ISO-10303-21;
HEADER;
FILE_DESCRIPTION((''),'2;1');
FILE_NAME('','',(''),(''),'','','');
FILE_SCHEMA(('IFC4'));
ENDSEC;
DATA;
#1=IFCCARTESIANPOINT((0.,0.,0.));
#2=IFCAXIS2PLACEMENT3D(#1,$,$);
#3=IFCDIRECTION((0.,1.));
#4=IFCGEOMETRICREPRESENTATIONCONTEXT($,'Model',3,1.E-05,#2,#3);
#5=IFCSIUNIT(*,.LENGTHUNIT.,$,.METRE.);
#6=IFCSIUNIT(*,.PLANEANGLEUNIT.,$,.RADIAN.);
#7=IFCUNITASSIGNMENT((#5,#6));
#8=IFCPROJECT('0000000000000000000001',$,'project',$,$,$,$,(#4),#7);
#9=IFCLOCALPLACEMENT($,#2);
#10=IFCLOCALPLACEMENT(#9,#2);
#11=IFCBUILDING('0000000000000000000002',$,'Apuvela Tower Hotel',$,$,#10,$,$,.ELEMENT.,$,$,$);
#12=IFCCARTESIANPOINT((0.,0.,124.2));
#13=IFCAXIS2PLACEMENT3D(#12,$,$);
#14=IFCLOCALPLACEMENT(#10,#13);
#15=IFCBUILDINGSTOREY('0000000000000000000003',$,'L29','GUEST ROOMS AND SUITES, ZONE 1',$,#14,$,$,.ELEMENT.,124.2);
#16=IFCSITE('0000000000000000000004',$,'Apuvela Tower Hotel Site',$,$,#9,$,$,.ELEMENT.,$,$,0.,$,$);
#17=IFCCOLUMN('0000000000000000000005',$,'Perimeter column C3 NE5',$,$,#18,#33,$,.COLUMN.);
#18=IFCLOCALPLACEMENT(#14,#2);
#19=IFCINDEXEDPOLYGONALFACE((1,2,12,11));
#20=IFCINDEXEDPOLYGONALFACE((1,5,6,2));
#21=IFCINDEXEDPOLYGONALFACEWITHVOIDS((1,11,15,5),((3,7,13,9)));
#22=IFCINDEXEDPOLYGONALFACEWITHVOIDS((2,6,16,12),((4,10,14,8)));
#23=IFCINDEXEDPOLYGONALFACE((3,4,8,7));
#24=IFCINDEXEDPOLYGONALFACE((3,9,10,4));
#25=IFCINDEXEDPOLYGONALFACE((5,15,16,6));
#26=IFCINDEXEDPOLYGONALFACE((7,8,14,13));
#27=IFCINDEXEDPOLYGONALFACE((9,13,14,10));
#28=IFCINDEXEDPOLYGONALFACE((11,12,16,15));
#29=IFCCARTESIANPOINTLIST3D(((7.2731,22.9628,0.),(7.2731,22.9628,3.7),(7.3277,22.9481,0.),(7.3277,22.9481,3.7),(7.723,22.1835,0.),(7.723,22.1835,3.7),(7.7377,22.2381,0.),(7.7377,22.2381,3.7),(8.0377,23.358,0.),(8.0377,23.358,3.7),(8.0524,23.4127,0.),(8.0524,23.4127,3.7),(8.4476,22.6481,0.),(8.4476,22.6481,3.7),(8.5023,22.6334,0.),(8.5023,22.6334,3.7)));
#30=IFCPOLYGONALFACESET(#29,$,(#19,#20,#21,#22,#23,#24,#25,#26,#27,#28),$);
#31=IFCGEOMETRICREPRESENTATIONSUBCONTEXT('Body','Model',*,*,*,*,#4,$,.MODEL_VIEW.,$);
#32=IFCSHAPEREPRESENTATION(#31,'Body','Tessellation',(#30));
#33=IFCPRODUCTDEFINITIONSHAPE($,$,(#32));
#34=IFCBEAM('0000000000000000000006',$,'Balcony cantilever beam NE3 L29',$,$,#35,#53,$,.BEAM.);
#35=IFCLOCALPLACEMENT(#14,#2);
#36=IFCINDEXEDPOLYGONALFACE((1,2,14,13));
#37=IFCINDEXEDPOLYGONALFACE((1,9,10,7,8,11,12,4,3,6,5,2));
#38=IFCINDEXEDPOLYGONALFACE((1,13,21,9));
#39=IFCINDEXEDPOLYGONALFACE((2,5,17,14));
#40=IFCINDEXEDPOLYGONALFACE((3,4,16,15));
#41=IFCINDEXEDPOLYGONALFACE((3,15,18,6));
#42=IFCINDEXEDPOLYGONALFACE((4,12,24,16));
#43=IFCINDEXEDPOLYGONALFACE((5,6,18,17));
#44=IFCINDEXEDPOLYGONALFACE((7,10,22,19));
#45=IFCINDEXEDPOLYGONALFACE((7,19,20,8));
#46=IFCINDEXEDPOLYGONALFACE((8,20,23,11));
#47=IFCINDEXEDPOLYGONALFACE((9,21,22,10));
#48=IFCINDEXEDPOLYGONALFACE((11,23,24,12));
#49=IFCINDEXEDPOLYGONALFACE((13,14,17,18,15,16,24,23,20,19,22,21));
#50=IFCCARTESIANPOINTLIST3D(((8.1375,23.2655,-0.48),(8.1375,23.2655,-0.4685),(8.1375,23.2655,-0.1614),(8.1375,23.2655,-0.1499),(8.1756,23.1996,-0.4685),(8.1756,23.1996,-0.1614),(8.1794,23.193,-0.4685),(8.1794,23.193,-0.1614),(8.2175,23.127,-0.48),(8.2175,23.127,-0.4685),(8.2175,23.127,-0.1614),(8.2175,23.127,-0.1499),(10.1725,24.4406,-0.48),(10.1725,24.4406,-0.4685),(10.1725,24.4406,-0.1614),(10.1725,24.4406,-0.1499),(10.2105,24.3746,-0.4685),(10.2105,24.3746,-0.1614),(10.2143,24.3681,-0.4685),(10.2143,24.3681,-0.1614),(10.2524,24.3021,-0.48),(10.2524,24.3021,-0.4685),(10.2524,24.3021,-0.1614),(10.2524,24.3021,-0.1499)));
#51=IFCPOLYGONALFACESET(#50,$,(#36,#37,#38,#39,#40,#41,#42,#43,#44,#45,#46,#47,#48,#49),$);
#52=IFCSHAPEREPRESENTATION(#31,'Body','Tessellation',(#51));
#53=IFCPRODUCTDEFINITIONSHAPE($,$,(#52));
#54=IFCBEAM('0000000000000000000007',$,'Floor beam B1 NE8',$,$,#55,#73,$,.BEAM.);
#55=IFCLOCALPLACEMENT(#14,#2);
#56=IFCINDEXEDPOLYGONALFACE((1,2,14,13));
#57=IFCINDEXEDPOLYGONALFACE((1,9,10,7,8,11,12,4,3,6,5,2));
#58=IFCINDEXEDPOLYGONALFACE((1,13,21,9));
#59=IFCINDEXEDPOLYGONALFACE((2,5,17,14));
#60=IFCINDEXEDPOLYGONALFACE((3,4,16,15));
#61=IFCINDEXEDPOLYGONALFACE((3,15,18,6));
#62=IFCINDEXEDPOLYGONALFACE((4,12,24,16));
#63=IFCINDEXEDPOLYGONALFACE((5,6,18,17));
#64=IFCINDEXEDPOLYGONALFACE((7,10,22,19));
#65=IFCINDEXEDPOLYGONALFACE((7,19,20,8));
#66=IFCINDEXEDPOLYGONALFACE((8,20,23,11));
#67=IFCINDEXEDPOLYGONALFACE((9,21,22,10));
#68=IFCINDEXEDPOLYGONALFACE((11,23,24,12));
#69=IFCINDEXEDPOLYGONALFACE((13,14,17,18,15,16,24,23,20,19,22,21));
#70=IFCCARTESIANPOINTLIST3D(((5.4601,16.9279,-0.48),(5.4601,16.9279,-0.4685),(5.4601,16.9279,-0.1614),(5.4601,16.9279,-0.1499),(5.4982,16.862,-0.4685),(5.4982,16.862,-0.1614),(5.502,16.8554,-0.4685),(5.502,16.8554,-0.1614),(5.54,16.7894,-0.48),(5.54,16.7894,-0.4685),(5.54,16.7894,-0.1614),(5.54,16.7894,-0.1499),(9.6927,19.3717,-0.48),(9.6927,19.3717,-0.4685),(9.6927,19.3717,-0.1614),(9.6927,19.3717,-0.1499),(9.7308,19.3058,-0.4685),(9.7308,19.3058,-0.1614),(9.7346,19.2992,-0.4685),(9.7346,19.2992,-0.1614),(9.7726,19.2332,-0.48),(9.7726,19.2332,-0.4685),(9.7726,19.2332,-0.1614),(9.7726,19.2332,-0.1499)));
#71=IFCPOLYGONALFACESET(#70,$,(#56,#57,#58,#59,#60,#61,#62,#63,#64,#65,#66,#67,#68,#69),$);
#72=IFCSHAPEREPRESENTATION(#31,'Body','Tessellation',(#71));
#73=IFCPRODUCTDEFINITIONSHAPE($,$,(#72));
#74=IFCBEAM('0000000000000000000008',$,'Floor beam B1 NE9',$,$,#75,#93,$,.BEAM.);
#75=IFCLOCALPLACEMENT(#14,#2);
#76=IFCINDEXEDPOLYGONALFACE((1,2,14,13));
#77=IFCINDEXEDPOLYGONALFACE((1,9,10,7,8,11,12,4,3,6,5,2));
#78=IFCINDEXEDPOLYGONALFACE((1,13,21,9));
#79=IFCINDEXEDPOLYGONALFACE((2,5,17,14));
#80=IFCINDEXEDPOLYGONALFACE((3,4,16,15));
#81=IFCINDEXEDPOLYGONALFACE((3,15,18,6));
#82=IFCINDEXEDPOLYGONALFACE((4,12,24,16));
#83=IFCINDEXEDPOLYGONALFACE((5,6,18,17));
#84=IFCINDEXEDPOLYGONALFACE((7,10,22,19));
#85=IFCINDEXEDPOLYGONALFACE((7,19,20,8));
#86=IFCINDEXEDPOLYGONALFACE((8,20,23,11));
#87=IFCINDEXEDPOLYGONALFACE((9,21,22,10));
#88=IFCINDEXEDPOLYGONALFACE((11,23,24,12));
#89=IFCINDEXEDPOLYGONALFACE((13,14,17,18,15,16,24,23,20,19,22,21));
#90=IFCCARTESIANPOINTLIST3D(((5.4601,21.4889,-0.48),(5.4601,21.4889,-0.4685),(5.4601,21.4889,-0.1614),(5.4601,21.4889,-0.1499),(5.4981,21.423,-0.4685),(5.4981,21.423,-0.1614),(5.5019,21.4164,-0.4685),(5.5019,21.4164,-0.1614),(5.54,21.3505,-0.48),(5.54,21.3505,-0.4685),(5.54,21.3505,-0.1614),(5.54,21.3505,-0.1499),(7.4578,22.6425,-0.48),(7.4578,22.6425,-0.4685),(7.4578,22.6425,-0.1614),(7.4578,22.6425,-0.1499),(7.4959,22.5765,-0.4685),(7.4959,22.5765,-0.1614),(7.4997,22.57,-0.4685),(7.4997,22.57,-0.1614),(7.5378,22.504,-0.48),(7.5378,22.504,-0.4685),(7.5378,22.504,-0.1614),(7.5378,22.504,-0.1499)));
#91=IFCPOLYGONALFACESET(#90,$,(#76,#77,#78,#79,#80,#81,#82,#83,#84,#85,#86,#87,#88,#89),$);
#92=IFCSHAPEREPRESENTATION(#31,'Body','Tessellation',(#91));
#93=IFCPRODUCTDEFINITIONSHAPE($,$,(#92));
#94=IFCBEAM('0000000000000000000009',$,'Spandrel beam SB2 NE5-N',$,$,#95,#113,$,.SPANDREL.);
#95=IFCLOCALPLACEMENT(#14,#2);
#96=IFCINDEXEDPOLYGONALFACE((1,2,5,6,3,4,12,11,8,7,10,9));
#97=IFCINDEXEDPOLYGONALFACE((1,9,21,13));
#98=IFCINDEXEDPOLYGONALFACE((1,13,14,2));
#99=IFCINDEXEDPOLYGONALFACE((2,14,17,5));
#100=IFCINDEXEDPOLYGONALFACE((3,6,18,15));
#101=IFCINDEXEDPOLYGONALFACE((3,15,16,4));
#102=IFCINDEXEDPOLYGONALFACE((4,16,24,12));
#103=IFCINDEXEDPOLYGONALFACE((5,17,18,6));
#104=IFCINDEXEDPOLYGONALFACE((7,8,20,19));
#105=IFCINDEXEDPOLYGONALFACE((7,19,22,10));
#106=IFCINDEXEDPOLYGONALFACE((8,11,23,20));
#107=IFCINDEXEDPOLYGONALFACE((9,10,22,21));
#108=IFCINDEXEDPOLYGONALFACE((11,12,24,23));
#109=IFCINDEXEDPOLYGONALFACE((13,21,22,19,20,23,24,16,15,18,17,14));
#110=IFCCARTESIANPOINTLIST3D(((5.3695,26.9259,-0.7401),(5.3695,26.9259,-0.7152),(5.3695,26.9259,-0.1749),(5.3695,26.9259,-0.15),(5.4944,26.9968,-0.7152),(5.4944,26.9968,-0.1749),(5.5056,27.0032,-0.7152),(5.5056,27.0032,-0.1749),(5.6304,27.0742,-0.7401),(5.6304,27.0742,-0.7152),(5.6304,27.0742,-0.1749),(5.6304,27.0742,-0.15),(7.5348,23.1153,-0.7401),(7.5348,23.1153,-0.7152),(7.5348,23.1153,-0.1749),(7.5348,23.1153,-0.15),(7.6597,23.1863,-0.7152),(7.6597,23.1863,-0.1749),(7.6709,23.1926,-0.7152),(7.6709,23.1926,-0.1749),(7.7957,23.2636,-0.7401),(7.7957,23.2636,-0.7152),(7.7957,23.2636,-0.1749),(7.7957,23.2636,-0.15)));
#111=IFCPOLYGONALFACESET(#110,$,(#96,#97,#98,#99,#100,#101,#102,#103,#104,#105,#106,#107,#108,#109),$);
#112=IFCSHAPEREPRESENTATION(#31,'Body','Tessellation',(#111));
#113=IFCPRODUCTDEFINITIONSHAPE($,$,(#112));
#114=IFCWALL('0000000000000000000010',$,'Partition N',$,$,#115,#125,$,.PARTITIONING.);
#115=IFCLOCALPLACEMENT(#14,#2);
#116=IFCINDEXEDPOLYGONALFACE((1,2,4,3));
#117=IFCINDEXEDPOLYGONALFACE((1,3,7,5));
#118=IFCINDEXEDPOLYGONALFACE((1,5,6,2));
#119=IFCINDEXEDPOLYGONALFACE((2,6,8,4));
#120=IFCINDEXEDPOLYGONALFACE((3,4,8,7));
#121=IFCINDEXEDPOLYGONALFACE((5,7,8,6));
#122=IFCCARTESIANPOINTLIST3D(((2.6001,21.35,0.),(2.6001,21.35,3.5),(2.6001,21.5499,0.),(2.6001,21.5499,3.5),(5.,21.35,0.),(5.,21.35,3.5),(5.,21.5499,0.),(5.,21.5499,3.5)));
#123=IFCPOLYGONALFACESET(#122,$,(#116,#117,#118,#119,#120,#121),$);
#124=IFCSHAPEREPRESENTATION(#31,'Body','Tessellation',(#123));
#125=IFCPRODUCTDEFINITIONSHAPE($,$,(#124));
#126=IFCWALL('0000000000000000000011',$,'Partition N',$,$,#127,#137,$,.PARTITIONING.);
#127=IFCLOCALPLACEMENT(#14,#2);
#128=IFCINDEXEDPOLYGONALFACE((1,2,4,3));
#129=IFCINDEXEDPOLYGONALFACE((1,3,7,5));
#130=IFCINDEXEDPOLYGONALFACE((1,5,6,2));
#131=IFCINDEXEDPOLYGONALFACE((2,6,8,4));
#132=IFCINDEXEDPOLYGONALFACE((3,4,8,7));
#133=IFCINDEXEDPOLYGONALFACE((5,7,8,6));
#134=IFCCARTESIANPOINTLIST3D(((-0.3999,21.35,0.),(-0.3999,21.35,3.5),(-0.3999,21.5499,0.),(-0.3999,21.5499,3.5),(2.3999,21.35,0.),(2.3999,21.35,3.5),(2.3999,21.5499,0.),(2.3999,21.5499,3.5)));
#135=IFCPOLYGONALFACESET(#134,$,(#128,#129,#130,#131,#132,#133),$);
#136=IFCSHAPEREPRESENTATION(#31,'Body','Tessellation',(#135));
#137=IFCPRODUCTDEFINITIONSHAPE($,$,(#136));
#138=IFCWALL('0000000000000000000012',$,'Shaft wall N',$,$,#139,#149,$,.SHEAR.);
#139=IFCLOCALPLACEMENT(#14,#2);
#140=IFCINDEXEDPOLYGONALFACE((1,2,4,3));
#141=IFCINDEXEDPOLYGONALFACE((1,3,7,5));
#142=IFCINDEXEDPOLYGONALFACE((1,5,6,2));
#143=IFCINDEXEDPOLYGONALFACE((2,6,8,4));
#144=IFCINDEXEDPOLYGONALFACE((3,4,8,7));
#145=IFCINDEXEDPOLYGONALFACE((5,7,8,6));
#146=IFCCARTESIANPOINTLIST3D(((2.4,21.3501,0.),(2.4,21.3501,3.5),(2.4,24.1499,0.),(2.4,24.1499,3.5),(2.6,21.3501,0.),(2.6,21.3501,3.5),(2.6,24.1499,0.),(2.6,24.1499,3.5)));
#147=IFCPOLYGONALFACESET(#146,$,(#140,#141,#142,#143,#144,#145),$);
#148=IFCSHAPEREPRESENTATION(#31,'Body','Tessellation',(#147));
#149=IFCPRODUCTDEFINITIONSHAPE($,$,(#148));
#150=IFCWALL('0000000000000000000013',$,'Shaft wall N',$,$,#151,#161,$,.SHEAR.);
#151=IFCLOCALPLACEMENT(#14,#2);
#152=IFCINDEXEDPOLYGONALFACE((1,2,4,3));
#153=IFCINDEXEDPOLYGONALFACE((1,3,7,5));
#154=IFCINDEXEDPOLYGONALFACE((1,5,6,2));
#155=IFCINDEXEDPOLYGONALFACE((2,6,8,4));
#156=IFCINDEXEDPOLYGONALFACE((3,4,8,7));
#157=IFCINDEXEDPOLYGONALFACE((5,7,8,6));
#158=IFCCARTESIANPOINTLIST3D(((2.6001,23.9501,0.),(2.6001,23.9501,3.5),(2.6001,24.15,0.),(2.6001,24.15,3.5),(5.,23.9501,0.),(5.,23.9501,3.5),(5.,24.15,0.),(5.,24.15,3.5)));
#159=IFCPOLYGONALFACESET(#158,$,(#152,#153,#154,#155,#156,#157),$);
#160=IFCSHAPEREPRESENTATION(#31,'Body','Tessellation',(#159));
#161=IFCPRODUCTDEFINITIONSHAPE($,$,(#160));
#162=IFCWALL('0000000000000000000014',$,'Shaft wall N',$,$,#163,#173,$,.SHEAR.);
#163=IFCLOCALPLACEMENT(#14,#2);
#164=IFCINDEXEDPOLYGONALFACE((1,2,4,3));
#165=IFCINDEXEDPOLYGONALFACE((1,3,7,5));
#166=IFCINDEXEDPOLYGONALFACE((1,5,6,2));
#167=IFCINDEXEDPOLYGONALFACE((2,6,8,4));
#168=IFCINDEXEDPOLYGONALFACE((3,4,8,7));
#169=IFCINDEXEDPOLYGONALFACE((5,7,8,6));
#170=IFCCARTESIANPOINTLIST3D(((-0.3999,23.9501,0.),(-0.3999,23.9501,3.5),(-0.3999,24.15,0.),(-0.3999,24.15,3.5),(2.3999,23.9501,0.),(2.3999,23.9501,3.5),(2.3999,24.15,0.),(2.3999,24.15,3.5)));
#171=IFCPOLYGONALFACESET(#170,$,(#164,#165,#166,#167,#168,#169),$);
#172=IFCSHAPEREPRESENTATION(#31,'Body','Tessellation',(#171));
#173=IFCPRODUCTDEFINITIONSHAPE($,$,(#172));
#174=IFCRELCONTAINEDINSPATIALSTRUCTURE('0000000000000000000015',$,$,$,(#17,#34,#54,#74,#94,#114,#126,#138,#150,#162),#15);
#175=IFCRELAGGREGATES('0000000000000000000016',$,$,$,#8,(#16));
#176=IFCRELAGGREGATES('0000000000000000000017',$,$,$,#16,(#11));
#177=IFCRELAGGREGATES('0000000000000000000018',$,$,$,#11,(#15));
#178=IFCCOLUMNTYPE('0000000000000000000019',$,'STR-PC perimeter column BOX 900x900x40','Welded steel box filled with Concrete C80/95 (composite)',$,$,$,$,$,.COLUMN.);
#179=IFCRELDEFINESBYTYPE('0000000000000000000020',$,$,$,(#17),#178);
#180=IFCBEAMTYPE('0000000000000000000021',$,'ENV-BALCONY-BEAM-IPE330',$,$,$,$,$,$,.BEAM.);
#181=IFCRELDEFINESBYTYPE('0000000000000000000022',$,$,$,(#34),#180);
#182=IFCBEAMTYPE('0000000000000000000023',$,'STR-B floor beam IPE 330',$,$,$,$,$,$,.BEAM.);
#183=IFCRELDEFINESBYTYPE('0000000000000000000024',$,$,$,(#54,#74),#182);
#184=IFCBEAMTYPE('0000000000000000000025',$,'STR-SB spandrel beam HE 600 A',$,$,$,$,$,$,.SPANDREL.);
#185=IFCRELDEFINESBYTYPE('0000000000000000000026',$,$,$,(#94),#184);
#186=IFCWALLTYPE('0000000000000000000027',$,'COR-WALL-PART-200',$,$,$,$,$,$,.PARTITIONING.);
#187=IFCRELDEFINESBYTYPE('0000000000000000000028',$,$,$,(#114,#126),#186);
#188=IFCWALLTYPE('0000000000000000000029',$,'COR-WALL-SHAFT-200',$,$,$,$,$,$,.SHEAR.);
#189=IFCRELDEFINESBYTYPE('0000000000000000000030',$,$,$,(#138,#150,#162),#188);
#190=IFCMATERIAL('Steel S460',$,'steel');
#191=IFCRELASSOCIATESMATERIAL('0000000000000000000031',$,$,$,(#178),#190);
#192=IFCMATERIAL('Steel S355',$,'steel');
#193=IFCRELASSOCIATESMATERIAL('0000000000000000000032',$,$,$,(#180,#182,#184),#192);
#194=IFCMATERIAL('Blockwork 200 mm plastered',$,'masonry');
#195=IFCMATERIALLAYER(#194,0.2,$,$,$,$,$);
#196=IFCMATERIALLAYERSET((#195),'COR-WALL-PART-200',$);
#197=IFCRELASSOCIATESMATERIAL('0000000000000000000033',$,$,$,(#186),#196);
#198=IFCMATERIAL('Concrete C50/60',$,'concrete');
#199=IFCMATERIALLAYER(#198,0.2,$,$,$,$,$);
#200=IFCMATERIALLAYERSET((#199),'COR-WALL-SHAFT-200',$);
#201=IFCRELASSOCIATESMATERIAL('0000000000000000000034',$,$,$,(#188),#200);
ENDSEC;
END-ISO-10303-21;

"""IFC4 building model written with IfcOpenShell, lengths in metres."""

from ifc_helpers import new_model, si_unit, direction, frame, frame_2d, origin, origin_2d, place, context, subcontext, project, spatial, rectangle, hollow_rectangle, i_section, extrude, material, layer, layer_set, material_profile, profile_set, type_object, element, save


model = new_model("IFC4")

# Units and contexts
model_context = context("Model", 3, precision=1e-05, world=origin(), true_north=direction((0.0, 1.0)))
body_context = subcontext(model_context, "Body", "Model", "MODEL_VIEW")
ifc_project = project(units=[si_unit("LENGTHUNIT", "METRE"), si_unit("PLANEANGLEUNIT", "RADIAN")], contexts=[model_context])

# Site, building, storey
site_placement = place(None, origin())
site = spatial("IfcSite", under=ifc_project, at=site_placement, Name="Apuvela Tower Hotel Site", CompositionType="ELEMENT", RefElevation=0.0)
building_placement = place(site_placement, origin())
building = spatial("IfcBuilding", under=site, at=building_placement, Name="Apuvela Tower Hotel", CompositionType="ELEMENT")
storey_placement = place(building_placement, frame((0.0, 0.0, 124.2)))
storey = spatial("IfcBuildingStorey", under=building, at=storey_placement, Name="L29", Description="GUEST ROOMS AND SUITES, ZONE 1", CompositionType="ELEMENT", Elevation=124.2)

# Column
ifc_material_1 = material(Name="Steel S460", Category="steel")
ifc_material_profile_1 = material_profile(ifc_material_1, hollow_rectangle(XDim=0.8999, YDim=0.8999, WallThickness=0.04, at=origin_2d()), Name="BOX 900x900x40")
ifc_material_2 = material(Name="Concrete C80/95", Category="concrete")
ifc_material_profile_2 = material_profile(ifc_material_2, rectangle(XDim=0.8201, YDim=0.8201, at=origin_2d()), Name="Concrete C80/95 infill")
ifc_profile_set_1 = profile_set([ifc_material_profile_1, ifc_material_profile_2], Name="Steel S460")
column_type = type_object("IfcColumnType", Name="STR-PC perimeter column BOX 900x900x40", Description="Welded steel box filled with Concrete C80/95 (composite)", PredefinedType="COLUMN", material=ifc_profile_set_1)
column_placement = place(storey_placement, frame((7.8877, 22.7981, 0.0), z_axis=(0.0, 0.0, 1.0), x_axis=(-0.5, 0.866025, 0.0)))
element("IfcColumn", 1, at=column_placement, inside=storey, type_object=column_type, Name="Perimeter column C3 NE5", PredefinedType="COLUMN", context=body_context, shape_type="SweptSolid", body=[
    extrude(hollow_rectangle(XDim=0.8999, YDim=0.8999, WallThickness=0.04, at=origin_2d()), origin(), (0.0, 0.0, 1.0), 3.7),
])

# Beams
ifc_material_3 = material(Name="Steel S355", Category="steel")
ifc_material_profile_3 = material_profile(ifc_material_3, i_section(OverallWidth=0.1599, OverallDepth=0.3301, WebThickness=0.0076, FlangeThickness=0.0115, at=origin_2d()), Name="IPE 330")
ifc_profile_set_2 = profile_set([ifc_material_profile_3], Name="Steel S355")
beam_type_1 = type_object("IfcBeamType", Name="ENV-BALCONY-BEAM-IPE330", PredefinedType="BEAM", material=ifc_profile_set_2)
beam_1_placement = place(storey_placement, frame((8.1775, 23.1963, -0.3149), z_axis=(0.86599, 0.500061, 0.0), x_axis=(-0.500061, 0.86599, 0.0)))
element("IfcBeam", 2, at=beam_1_placement, inside=storey, type_object=beam_type_1, Name="Balcony cantilever beam NE3 L29", PredefinedType="BEAM", context=body_context, shape_type="SweptSolid", body=[
    extrude(i_section(OverallWidth=0.1599, OverallDepth=0.3301, WebThickness=0.0076, FlangeThickness=0.0115, at=origin_2d()), origin(), (0.0, 0.0, 1.0), 2.3499),
])
ifc_material_profile_4 = material_profile(ifc_material_3, i_section(OverallWidth=0.1599, OverallDepth=0.3301, WebThickness=0.0076, FlangeThickness=0.0115, at=origin_2d()), Name="IPE 330")
ifc_profile_set_3 = profile_set([ifc_material_profile_4], Name="Steel S355")
beam_type_2 = type_object("IfcBeamType", Name="STR-B floor beam IPE 330", PredefinedType="BEAM", material=ifc_profile_set_3)
beam_2_placement = place(storey_placement, frame((9.7327, 19.3025, -0.3149), z_axis=(-0.866015, -0.500018, 0.0), x_axis=(0.500018, -0.866015, 0.0)))
element("IfcBeam", 3, at=beam_2_placement, inside=storey, type_object=beam_type_2, Name="Floor beam B1 NE8", PredefinedType="BEAM", context=body_context, shape_type="SweptSolid", body=[
    extrude(i_section(OverallWidth=0.1599, OverallDepth=0.3301, WebThickness=0.0076, FlangeThickness=0.0115, at=origin_2d()), origin(), (0.0, 0.0, 1.0), 4.8875),
])
beam_3_placement = place(storey_placement, frame((7.4978, 22.5732, -0.3149), z_axis=(-0.866001, -0.500043, 0.0), x_axis=(0.500043, -0.866001, 0.0)))
element("IfcBeam", 4, at=beam_3_placement, inside=storey, type_object=beam_type_2, Name="Floor beam B1 NE9", PredefinedType="BEAM", context=body_context, shape_type="SweptSolid", body=[
    extrude(i_section(OverallWidth=0.1599, OverallDepth=0.3301, WebThickness=0.0076, FlangeThickness=0.0115, at=origin_2d()), origin(), (0.0, 0.0, 1.0), 2.3069),
])
ifc_material_profile_5 = material_profile(ifc_material_3, i_section(OverallWidth=0.3, OverallDepth=0.5901, WebThickness=0.0129, FlangeThickness=0.0249, at=origin_2d()), Name="HE 600 A")
ifc_profile_set_4 = profile_set([ifc_material_profile_5], Name="Steel S355")
beam_type_3 = type_object("IfcBeamType", Name="STR-SB spandrel beam HE 600 A", PredefinedType="SPANDREL", material=ifc_profile_set_4)
beam_4_placement = place(storey_placement, frame((7.6653, 23.1895, -0.4451), z_axis=(-0.494044, 0.869437, 0.0), x_axis=(-0.869437, -0.494044, 0.0)))
element("IfcBeam", 5, at=beam_4_placement, inside=storey, type_object=beam_type_3, Name="Spandrel beam SB2 NE5-N", PredefinedType="SPANDREL", context=body_context, shape_type="SweptSolid", body=[
    extrude(i_section(OverallWidth=0.3, OverallDepth=0.5901, WebThickness=0.0129, FlangeThickness=0.0249, at=origin_2d()), origin(), (0.0, 0.0, 1.0), 4.3828),
])

# Walls
ifc_material_4 = material(Name="Blockwork 200 mm plastered", Category="masonry")
ifc_layer_1 = layer(ifc_material_4, 0.2)
ifc_layer_set_1 = layer_set([ifc_layer_1], Name="COR-WALL-PART-200")
wall_type_1 = type_object("IfcWallType", Name="COR-WALL-PART-200", PredefinedType="PARTITIONING", material=ifc_layer_set_1)
wall_1_placement = place(storey_placement, frame((5.0, 21.45, 0.0), z_axis=(0.0, 0.0, 1.0), x_axis=(-1.0, 0.0, 0.0)))
element("IfcWall", 6, at=wall_1_placement, inside=storey, type_object=wall_type_1, Name="Partition N", PredefinedType="PARTITIONING", context=body_context, shape_type="SweptSolid", body=[
    extrude(rectangle(XDim=2.3999, YDim=0.2, at=frame_2d((1.2, 0.0))), origin(), (0.0, 0.0, 1.0), 3.5),
])
wall_2_placement = place(storey_placement, frame((2.3999, 21.45, 0.0), z_axis=(0.0, 0.0, 1.0), x_axis=(-1.0, 0.0, 0.0)))
element("IfcWall", 7, at=wall_2_placement, inside=storey, type_object=wall_type_1, Name="Partition N", PredefinedType="PARTITIONING", context=body_context, shape_type="SweptSolid", body=[
    extrude(rectangle(XDim=2.7998, YDim=0.2, at=frame_2d((1.3999, 0.0))), origin(), (0.0, 0.0, 1.0), 3.5),
])
ifc_material_5 = material(Name="Concrete C50/60", Category="concrete")
ifc_layer_2 = layer(ifc_material_5, 0.2)
ifc_layer_set_2 = layer_set([ifc_layer_2], Name="COR-WALL-SHAFT-200")
wall_type_2 = type_object("IfcWallType", Name="COR-WALL-SHAFT-200", PredefinedType="SHEAR", material=ifc_layer_set_2)
wall_3_placement = place(storey_placement, frame((2.5, 21.3501, 0.0), z_axis=(0.0, 0.0, 1.0), x_axis=(0.0, 1.0, 0.0)))
element("IfcWall", 8, at=wall_3_placement, inside=storey, type_object=wall_type_2, Name="Shaft wall N", PredefinedType="SHEAR", context=body_context, shape_type="SweptSolid", body=[
    extrude(rectangle(XDim=2.7998, YDim=0.2, at=frame_2d((1.3999, 0.0))), origin(), (0.0, 0.0, 1.0), 3.5),
])
wall_4_placement = place(storey_placement, frame((5.0, 24.05, 0.0), z_axis=(0.0, 0.0, 1.0), x_axis=(-1.0, 0.0, 0.0)))
element("IfcWall", 9, at=wall_4_placement, inside=storey, type_object=wall_type_2, Name="Shaft wall N", PredefinedType="SHEAR", context=body_context, shape_type="SweptSolid", body=[
    extrude(rectangle(XDim=2.3999, YDim=0.2, at=frame_2d((1.2, 0.0))), origin(), (0.0, 0.0, 1.0), 3.5),
])
wall_5_placement = place(storey_placement, frame((2.3999, 24.05, 0.0), z_axis=(0.0, 0.0, 1.0), x_axis=(-1.0, 0.0, 0.0)))
element("IfcWall", 10, at=wall_5_placement, inside=storey, type_object=wall_type_2, Name="Shaft wall N", PredefinedType="SHEAR", context=body_context, shape_type="SweptSolid", body=[
    extrude(rectangle(XDim=2.7998, YDim=0.2, at=frame_2d((1.3999, 0.0))), origin(), (0.0, 0.0, 1.0), 3.5),
])

save(model, "model.ifc")
